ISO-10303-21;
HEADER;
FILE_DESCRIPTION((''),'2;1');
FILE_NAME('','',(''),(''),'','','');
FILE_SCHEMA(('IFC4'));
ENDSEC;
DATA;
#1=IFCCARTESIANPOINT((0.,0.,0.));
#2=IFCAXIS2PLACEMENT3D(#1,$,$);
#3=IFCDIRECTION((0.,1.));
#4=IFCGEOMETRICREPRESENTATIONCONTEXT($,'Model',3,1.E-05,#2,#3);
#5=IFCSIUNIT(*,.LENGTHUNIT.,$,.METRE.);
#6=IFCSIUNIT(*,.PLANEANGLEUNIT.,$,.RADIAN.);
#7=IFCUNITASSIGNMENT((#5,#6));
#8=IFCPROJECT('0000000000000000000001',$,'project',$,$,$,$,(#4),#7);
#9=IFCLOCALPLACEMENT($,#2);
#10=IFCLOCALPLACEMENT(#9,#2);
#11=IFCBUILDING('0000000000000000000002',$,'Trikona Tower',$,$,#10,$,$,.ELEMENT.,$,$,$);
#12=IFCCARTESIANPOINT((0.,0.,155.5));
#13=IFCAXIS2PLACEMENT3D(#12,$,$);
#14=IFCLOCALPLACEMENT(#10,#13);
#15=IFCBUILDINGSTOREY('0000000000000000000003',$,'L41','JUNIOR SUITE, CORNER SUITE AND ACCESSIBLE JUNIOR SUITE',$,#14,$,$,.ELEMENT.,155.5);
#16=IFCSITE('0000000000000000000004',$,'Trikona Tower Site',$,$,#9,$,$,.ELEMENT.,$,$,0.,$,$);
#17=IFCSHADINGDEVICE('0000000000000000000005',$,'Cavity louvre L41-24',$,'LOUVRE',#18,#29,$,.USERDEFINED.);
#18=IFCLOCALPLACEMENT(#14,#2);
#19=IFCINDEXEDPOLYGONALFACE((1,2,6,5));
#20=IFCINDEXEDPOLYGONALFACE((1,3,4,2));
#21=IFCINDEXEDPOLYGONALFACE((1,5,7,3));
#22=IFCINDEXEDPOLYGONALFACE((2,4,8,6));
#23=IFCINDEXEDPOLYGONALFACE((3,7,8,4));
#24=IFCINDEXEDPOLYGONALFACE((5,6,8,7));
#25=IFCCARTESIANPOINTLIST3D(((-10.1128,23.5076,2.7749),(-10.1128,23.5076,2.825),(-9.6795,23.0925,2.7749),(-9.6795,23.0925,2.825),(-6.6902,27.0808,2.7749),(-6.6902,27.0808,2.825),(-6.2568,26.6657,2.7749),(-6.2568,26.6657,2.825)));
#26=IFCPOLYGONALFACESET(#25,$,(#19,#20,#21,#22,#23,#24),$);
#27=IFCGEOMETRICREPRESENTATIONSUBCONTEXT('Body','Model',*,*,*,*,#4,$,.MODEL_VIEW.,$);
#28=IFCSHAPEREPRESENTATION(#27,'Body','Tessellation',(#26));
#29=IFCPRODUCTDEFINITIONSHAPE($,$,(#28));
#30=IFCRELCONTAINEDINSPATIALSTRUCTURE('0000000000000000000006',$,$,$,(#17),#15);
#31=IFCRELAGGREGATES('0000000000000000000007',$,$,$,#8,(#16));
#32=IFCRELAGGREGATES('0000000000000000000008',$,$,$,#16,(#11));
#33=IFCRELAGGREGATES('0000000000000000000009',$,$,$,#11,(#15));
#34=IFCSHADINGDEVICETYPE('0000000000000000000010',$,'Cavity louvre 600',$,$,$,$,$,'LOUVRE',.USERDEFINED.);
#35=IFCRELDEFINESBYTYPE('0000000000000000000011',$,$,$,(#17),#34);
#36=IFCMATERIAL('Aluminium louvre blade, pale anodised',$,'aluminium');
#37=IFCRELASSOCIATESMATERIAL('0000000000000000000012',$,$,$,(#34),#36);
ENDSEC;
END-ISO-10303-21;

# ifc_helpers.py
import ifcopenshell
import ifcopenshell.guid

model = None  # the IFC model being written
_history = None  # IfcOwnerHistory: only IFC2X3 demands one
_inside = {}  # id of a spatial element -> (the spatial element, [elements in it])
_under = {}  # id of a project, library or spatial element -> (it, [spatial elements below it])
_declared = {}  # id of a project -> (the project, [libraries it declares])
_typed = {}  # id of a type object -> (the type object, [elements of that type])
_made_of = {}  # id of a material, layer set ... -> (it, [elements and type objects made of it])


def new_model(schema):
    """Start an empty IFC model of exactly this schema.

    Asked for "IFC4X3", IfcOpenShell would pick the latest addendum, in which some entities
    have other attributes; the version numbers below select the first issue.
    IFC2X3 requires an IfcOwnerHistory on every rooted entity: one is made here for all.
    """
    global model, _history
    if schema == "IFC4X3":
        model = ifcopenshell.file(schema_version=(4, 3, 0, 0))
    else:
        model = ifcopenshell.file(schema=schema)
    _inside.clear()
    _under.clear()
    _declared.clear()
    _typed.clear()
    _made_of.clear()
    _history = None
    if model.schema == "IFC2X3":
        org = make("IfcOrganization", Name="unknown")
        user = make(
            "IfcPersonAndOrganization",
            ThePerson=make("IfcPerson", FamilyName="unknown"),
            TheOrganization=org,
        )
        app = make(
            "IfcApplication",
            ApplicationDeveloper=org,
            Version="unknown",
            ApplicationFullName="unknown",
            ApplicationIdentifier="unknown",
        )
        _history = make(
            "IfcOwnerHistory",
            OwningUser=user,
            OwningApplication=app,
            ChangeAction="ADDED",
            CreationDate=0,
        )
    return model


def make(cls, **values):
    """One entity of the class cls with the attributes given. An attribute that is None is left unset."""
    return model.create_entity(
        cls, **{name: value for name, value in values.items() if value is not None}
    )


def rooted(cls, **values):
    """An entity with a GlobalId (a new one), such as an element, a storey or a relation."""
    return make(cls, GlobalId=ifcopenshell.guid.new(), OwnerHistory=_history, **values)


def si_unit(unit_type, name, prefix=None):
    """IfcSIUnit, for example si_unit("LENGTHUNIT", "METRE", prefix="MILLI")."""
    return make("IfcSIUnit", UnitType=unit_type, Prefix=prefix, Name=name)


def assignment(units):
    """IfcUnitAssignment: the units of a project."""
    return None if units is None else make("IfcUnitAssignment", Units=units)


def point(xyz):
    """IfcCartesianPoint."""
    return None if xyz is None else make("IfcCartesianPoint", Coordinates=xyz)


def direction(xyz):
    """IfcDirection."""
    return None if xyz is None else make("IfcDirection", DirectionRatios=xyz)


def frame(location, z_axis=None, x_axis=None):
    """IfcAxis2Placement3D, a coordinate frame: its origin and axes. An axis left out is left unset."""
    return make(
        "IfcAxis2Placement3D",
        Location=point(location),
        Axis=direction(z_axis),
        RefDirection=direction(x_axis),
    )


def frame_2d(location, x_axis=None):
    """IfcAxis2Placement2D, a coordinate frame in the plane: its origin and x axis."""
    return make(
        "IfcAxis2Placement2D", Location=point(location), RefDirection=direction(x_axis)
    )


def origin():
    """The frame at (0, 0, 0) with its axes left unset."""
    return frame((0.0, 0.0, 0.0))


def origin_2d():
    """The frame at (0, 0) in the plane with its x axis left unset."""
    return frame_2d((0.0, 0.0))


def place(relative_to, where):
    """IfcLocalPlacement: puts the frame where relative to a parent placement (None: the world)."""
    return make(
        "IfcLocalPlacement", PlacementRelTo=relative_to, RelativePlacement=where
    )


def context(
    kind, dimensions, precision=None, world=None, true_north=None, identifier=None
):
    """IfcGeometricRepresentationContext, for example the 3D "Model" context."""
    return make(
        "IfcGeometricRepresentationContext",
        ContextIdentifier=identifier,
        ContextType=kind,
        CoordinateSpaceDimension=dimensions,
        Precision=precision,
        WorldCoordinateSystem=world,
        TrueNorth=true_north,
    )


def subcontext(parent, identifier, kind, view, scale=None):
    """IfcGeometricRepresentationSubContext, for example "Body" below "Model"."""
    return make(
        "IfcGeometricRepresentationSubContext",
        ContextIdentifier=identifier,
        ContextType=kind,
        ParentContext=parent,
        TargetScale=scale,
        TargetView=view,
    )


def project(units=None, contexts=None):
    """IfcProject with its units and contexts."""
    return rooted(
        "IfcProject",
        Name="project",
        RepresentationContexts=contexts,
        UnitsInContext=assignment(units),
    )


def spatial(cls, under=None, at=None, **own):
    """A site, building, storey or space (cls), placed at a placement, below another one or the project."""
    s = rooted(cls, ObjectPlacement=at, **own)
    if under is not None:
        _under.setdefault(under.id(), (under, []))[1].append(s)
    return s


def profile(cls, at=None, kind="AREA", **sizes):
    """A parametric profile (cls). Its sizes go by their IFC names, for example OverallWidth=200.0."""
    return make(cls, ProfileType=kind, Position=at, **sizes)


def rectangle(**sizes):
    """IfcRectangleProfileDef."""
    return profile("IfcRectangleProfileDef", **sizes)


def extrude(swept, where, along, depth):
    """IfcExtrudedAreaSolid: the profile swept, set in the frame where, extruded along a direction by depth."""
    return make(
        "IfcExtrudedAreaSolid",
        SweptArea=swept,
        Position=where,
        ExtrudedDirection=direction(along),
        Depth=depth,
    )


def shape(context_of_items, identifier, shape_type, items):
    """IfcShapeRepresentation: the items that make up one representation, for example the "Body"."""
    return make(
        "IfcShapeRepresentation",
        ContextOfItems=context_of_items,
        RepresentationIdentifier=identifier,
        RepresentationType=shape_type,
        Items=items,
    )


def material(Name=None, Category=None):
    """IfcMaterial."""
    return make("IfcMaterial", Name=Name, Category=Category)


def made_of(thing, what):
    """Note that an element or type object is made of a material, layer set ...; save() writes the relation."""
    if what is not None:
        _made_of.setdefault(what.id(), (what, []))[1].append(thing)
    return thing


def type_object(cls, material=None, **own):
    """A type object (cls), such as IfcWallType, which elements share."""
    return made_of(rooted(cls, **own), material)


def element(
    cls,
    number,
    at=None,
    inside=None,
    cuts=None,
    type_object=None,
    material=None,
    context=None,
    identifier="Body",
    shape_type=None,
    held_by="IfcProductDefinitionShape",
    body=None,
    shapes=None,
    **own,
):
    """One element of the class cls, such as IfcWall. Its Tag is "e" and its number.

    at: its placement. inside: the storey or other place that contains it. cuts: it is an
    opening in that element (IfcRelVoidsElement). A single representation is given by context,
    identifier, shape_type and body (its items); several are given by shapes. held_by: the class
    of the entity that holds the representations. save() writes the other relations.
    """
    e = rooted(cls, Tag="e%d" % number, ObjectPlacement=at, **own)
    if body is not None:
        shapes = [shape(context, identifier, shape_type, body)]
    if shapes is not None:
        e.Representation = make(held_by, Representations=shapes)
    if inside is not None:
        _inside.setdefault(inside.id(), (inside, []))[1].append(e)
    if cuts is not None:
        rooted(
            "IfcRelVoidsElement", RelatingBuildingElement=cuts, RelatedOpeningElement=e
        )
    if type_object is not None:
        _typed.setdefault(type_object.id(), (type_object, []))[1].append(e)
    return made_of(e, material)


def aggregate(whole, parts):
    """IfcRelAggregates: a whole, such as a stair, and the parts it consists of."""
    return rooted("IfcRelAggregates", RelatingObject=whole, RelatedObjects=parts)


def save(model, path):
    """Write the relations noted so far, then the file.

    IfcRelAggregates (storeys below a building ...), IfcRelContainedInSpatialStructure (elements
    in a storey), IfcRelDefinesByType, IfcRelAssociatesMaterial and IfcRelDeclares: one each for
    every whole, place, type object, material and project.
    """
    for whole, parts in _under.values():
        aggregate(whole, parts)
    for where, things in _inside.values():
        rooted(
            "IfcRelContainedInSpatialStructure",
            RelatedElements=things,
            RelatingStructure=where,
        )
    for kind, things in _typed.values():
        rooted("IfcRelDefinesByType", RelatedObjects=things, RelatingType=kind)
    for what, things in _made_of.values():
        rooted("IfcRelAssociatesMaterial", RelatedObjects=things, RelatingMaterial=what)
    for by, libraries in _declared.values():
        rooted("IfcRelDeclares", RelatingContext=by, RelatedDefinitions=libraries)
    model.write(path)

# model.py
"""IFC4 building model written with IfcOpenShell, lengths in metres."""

from ifc_helpers import new_model, si_unit, direction, frame, origin, origin_2d, place, context, subcontext, project, spatial, rectangle, extrude, material, type_object, element, save


model = new_model("IFC4")

# Units and contexts
model_context = context("Model", 3, precision=1e-05, world=origin(), true_north=direction((0.0, 1.0)))
body_context = subcontext(model_context, "Body", "Model", "MODEL_VIEW")
ifc_project = project(units=[si_unit("LENGTHUNIT", "METRE"), si_unit("PLANEANGLEUNIT", "RADIAN")], contexts=[model_context])

# Site, building, storey
site_placement = place(None, origin())
site = spatial("IfcSite", under=ifc_project, at=site_placement, Name="Trikona Tower Site", CompositionType="ELEMENT", RefElevation=0.0)
building_placement = place(site_placement, origin())
building = spatial("IfcBuilding", under=site, at=building_placement, Name="Trikona Tower", CompositionType="ELEMENT")
storey_placement = place(building_placement, frame((0.0, 0.0, 155.5)))
storey = spatial("IfcBuildingStorey", under=building, at=storey_placement, Name="L41", Description="JUNIOR SUITE, CORNER SUITE AND ACCESSIBLE JUNIOR SUITE", CompositionType="ELEMENT", Elevation=155.5)

# Shading device
ifc_material_1 = material(Name="Aluminium louvre blade, pale anodised", Category="aluminium")
shading_device_type = type_object("IfcShadingDeviceType", Name="Cavity louvre 600", ElementType="LOUVRE", PredefinedType="USERDEFINED", material=ifc_material_1)
shading_device_placement = place(storey_placement, frame((-8.1848, 25.0867, 2.7749), z_axis=(0.0, 0.0, 1.0), x_axis=(-0.691724, -0.722162, 0.0)))
element("IfcShadingDevice", 1, at=shading_device_placement, inside=storey, type_object=shading_device_type, Name="Cavity louvre L41-24", ObjectType="LOUVRE", PredefinedType="USERDEFINED", context=body_context, shape_type="SweptSolid", body=[
    extrude(rectangle(XDim=4.948, YDim=0.6001, at=origin_2d()), origin(), (0.0, 0.0, 1.0), 0.05),
])

save(model, "model.ifc")
